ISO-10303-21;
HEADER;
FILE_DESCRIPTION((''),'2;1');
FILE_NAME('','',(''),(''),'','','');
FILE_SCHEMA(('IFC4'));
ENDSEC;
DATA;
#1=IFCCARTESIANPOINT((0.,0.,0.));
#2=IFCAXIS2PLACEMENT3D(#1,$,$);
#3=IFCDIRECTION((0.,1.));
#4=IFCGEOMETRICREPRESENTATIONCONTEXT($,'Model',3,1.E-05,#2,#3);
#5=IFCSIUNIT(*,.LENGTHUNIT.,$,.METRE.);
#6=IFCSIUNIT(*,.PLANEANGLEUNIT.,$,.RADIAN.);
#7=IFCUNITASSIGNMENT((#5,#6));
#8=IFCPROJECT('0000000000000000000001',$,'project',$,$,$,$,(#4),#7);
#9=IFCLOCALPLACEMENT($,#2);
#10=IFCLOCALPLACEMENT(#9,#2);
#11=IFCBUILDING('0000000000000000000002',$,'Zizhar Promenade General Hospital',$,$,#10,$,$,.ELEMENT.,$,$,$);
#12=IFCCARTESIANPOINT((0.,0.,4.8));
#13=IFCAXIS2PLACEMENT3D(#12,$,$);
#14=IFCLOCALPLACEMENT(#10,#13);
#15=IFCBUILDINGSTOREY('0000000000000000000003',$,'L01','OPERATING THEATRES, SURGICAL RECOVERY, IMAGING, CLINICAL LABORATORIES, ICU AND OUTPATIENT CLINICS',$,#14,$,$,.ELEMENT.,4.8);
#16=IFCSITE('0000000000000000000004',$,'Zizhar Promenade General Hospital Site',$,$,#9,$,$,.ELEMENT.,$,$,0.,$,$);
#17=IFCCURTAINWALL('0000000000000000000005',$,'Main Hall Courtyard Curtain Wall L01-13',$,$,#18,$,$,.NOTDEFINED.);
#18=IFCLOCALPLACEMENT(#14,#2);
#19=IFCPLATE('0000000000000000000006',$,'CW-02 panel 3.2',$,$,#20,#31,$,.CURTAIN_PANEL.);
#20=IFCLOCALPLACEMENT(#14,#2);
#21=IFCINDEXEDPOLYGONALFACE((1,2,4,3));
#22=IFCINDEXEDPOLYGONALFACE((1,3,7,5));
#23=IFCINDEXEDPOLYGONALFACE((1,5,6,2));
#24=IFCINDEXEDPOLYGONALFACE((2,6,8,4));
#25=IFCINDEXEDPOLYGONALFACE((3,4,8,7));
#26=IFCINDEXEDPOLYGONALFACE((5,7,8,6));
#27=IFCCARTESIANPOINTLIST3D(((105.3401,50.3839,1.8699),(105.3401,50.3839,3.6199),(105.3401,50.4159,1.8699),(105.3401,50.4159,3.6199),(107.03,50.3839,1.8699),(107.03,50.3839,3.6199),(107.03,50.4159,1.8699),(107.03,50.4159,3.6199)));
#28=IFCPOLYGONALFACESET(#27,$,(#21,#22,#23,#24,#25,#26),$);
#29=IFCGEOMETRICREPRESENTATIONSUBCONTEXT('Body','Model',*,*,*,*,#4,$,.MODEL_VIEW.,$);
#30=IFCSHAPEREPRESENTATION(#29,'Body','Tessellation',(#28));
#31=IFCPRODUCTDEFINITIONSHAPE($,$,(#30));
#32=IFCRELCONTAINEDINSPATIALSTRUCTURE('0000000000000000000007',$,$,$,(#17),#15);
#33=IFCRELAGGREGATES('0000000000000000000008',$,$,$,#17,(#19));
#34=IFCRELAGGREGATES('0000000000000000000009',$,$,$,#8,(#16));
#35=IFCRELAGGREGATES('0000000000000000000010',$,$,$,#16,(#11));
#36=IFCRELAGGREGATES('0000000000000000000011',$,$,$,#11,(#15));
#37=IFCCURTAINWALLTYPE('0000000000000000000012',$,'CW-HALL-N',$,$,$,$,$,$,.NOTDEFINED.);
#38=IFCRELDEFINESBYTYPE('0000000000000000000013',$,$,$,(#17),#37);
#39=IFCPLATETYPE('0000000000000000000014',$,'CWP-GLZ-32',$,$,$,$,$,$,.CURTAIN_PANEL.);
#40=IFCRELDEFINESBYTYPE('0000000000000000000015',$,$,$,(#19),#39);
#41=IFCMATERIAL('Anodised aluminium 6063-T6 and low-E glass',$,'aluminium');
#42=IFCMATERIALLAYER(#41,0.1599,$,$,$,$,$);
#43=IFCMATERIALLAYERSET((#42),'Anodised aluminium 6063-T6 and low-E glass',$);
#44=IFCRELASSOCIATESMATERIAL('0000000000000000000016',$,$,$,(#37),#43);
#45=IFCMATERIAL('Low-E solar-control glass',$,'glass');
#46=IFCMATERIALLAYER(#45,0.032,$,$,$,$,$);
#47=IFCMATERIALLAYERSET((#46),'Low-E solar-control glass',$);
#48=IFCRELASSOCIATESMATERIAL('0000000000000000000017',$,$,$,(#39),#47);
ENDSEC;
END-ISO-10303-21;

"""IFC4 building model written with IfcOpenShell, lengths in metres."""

from ifc_helpers import new_model, si_unit, direction, frame, origin, origin_2d, place, context, subcontext, project, spatial, rectangle, extrude, material, layer, layer_set, type_object, element, aggregate, save


model = new_model("IFC4")

# Units and contexts
model_context = context("Model", 3, precision=1e-05, world=origin(), true_north=direction((0.0, 1.0)))
body_context = subcontext(model_context, "Body", "Model", "MODEL_VIEW")
ifc_project = project(units=[si_unit("LENGTHUNIT", "METRE"), si_unit("PLANEANGLEUNIT", "RADIAN")], contexts=[model_context])

# Site, building, storey
site_placement = place(None, origin())
site = spatial("IfcSite", under=ifc_project, at=site_placement, Name="Zizhar Promenade General Hospital Site", CompositionType="ELEMENT", RefElevation=0.0)
building_placement = place(site_placement, origin())
building = spatial("IfcBuilding", under=site, at=building_placement, Name="Zizhar Promenade General Hospital", CompositionType="ELEMENT")
storey_placement = place(building_placement, frame((0.0, 0.0, 4.8)))
storey = spatial("IfcBuildingStorey", under=building, at=storey_placement, Name="L01", Description="OPERATING THEATRES, SURGICAL RECOVERY, IMAGING, CLINICAL LABORATORIES, ICU AND OUTPATIENT CLINICS", CompositionType="ELEMENT", Elevation=4.8)

# Shared definitions
ifc_material_1 = material(Name="Anodised aluminium 6063-T6 and low-E glass", Category="aluminium")
ifc_layer_1 = layer(ifc_material_1, 0.1599)
ifc_layer_set_1 = layer_set([ifc_layer_1], Name="Anodised aluminium 6063-T6 and low-E glass")
curtain_wall_type = type_object("IfcCurtainWallType", Name="CW-HALL-N", PredefinedType="NOTDEFINED", material=ifc_layer_set_1)

# Curtain wall
curtain_wall_1_placement = place(storey_placement, origin())
curtain_wall_1 = element("IfcCurtainWall", 1, at=curtain_wall_1_placement, inside=storey, type_object=curtain_wall_type, Name="Main Hall Courtyard Curtain Wall L01-13", PredefinedType="NOTDEFINED")

# Plate
ifc_material_2 = material(Name="Low-E solar-control glass", Category="glass")
ifc_layer_2 = layer(ifc_material_2, 0.032)
ifc_layer_set_2 = layer_set([ifc_layer_2], Name="Low-E solar-control glass")
plate_type = type_object("IfcPlateType", Name="CWP-GLZ-32", PredefinedType="CURTAIN_PANEL", material=ifc_layer_set_2)
plate_1_placement = place(storey_placement, frame((106.1851, 50.3999, 1.8699), z_axis=(0.0, 0.0, 1.0), x_axis=(1.0, 0.0, 0.0)))
plate_1 = element("IfcPlate", 2, at=plate_1_placement, type_object=plate_type, Name="CW-02 panel 3.2", PredefinedType="CURTAIN_PANEL", context=body_context, shape_type="SweptSolid", body=[
    extrude(rectangle(XDim=1.6899, YDim=0.032, at=origin_2d()), origin(), (0.0, 0.0, 1.0), 1.75),
])
aggregate(curtain_wall_1, [plate_1])

save(model, "model.ifc")
